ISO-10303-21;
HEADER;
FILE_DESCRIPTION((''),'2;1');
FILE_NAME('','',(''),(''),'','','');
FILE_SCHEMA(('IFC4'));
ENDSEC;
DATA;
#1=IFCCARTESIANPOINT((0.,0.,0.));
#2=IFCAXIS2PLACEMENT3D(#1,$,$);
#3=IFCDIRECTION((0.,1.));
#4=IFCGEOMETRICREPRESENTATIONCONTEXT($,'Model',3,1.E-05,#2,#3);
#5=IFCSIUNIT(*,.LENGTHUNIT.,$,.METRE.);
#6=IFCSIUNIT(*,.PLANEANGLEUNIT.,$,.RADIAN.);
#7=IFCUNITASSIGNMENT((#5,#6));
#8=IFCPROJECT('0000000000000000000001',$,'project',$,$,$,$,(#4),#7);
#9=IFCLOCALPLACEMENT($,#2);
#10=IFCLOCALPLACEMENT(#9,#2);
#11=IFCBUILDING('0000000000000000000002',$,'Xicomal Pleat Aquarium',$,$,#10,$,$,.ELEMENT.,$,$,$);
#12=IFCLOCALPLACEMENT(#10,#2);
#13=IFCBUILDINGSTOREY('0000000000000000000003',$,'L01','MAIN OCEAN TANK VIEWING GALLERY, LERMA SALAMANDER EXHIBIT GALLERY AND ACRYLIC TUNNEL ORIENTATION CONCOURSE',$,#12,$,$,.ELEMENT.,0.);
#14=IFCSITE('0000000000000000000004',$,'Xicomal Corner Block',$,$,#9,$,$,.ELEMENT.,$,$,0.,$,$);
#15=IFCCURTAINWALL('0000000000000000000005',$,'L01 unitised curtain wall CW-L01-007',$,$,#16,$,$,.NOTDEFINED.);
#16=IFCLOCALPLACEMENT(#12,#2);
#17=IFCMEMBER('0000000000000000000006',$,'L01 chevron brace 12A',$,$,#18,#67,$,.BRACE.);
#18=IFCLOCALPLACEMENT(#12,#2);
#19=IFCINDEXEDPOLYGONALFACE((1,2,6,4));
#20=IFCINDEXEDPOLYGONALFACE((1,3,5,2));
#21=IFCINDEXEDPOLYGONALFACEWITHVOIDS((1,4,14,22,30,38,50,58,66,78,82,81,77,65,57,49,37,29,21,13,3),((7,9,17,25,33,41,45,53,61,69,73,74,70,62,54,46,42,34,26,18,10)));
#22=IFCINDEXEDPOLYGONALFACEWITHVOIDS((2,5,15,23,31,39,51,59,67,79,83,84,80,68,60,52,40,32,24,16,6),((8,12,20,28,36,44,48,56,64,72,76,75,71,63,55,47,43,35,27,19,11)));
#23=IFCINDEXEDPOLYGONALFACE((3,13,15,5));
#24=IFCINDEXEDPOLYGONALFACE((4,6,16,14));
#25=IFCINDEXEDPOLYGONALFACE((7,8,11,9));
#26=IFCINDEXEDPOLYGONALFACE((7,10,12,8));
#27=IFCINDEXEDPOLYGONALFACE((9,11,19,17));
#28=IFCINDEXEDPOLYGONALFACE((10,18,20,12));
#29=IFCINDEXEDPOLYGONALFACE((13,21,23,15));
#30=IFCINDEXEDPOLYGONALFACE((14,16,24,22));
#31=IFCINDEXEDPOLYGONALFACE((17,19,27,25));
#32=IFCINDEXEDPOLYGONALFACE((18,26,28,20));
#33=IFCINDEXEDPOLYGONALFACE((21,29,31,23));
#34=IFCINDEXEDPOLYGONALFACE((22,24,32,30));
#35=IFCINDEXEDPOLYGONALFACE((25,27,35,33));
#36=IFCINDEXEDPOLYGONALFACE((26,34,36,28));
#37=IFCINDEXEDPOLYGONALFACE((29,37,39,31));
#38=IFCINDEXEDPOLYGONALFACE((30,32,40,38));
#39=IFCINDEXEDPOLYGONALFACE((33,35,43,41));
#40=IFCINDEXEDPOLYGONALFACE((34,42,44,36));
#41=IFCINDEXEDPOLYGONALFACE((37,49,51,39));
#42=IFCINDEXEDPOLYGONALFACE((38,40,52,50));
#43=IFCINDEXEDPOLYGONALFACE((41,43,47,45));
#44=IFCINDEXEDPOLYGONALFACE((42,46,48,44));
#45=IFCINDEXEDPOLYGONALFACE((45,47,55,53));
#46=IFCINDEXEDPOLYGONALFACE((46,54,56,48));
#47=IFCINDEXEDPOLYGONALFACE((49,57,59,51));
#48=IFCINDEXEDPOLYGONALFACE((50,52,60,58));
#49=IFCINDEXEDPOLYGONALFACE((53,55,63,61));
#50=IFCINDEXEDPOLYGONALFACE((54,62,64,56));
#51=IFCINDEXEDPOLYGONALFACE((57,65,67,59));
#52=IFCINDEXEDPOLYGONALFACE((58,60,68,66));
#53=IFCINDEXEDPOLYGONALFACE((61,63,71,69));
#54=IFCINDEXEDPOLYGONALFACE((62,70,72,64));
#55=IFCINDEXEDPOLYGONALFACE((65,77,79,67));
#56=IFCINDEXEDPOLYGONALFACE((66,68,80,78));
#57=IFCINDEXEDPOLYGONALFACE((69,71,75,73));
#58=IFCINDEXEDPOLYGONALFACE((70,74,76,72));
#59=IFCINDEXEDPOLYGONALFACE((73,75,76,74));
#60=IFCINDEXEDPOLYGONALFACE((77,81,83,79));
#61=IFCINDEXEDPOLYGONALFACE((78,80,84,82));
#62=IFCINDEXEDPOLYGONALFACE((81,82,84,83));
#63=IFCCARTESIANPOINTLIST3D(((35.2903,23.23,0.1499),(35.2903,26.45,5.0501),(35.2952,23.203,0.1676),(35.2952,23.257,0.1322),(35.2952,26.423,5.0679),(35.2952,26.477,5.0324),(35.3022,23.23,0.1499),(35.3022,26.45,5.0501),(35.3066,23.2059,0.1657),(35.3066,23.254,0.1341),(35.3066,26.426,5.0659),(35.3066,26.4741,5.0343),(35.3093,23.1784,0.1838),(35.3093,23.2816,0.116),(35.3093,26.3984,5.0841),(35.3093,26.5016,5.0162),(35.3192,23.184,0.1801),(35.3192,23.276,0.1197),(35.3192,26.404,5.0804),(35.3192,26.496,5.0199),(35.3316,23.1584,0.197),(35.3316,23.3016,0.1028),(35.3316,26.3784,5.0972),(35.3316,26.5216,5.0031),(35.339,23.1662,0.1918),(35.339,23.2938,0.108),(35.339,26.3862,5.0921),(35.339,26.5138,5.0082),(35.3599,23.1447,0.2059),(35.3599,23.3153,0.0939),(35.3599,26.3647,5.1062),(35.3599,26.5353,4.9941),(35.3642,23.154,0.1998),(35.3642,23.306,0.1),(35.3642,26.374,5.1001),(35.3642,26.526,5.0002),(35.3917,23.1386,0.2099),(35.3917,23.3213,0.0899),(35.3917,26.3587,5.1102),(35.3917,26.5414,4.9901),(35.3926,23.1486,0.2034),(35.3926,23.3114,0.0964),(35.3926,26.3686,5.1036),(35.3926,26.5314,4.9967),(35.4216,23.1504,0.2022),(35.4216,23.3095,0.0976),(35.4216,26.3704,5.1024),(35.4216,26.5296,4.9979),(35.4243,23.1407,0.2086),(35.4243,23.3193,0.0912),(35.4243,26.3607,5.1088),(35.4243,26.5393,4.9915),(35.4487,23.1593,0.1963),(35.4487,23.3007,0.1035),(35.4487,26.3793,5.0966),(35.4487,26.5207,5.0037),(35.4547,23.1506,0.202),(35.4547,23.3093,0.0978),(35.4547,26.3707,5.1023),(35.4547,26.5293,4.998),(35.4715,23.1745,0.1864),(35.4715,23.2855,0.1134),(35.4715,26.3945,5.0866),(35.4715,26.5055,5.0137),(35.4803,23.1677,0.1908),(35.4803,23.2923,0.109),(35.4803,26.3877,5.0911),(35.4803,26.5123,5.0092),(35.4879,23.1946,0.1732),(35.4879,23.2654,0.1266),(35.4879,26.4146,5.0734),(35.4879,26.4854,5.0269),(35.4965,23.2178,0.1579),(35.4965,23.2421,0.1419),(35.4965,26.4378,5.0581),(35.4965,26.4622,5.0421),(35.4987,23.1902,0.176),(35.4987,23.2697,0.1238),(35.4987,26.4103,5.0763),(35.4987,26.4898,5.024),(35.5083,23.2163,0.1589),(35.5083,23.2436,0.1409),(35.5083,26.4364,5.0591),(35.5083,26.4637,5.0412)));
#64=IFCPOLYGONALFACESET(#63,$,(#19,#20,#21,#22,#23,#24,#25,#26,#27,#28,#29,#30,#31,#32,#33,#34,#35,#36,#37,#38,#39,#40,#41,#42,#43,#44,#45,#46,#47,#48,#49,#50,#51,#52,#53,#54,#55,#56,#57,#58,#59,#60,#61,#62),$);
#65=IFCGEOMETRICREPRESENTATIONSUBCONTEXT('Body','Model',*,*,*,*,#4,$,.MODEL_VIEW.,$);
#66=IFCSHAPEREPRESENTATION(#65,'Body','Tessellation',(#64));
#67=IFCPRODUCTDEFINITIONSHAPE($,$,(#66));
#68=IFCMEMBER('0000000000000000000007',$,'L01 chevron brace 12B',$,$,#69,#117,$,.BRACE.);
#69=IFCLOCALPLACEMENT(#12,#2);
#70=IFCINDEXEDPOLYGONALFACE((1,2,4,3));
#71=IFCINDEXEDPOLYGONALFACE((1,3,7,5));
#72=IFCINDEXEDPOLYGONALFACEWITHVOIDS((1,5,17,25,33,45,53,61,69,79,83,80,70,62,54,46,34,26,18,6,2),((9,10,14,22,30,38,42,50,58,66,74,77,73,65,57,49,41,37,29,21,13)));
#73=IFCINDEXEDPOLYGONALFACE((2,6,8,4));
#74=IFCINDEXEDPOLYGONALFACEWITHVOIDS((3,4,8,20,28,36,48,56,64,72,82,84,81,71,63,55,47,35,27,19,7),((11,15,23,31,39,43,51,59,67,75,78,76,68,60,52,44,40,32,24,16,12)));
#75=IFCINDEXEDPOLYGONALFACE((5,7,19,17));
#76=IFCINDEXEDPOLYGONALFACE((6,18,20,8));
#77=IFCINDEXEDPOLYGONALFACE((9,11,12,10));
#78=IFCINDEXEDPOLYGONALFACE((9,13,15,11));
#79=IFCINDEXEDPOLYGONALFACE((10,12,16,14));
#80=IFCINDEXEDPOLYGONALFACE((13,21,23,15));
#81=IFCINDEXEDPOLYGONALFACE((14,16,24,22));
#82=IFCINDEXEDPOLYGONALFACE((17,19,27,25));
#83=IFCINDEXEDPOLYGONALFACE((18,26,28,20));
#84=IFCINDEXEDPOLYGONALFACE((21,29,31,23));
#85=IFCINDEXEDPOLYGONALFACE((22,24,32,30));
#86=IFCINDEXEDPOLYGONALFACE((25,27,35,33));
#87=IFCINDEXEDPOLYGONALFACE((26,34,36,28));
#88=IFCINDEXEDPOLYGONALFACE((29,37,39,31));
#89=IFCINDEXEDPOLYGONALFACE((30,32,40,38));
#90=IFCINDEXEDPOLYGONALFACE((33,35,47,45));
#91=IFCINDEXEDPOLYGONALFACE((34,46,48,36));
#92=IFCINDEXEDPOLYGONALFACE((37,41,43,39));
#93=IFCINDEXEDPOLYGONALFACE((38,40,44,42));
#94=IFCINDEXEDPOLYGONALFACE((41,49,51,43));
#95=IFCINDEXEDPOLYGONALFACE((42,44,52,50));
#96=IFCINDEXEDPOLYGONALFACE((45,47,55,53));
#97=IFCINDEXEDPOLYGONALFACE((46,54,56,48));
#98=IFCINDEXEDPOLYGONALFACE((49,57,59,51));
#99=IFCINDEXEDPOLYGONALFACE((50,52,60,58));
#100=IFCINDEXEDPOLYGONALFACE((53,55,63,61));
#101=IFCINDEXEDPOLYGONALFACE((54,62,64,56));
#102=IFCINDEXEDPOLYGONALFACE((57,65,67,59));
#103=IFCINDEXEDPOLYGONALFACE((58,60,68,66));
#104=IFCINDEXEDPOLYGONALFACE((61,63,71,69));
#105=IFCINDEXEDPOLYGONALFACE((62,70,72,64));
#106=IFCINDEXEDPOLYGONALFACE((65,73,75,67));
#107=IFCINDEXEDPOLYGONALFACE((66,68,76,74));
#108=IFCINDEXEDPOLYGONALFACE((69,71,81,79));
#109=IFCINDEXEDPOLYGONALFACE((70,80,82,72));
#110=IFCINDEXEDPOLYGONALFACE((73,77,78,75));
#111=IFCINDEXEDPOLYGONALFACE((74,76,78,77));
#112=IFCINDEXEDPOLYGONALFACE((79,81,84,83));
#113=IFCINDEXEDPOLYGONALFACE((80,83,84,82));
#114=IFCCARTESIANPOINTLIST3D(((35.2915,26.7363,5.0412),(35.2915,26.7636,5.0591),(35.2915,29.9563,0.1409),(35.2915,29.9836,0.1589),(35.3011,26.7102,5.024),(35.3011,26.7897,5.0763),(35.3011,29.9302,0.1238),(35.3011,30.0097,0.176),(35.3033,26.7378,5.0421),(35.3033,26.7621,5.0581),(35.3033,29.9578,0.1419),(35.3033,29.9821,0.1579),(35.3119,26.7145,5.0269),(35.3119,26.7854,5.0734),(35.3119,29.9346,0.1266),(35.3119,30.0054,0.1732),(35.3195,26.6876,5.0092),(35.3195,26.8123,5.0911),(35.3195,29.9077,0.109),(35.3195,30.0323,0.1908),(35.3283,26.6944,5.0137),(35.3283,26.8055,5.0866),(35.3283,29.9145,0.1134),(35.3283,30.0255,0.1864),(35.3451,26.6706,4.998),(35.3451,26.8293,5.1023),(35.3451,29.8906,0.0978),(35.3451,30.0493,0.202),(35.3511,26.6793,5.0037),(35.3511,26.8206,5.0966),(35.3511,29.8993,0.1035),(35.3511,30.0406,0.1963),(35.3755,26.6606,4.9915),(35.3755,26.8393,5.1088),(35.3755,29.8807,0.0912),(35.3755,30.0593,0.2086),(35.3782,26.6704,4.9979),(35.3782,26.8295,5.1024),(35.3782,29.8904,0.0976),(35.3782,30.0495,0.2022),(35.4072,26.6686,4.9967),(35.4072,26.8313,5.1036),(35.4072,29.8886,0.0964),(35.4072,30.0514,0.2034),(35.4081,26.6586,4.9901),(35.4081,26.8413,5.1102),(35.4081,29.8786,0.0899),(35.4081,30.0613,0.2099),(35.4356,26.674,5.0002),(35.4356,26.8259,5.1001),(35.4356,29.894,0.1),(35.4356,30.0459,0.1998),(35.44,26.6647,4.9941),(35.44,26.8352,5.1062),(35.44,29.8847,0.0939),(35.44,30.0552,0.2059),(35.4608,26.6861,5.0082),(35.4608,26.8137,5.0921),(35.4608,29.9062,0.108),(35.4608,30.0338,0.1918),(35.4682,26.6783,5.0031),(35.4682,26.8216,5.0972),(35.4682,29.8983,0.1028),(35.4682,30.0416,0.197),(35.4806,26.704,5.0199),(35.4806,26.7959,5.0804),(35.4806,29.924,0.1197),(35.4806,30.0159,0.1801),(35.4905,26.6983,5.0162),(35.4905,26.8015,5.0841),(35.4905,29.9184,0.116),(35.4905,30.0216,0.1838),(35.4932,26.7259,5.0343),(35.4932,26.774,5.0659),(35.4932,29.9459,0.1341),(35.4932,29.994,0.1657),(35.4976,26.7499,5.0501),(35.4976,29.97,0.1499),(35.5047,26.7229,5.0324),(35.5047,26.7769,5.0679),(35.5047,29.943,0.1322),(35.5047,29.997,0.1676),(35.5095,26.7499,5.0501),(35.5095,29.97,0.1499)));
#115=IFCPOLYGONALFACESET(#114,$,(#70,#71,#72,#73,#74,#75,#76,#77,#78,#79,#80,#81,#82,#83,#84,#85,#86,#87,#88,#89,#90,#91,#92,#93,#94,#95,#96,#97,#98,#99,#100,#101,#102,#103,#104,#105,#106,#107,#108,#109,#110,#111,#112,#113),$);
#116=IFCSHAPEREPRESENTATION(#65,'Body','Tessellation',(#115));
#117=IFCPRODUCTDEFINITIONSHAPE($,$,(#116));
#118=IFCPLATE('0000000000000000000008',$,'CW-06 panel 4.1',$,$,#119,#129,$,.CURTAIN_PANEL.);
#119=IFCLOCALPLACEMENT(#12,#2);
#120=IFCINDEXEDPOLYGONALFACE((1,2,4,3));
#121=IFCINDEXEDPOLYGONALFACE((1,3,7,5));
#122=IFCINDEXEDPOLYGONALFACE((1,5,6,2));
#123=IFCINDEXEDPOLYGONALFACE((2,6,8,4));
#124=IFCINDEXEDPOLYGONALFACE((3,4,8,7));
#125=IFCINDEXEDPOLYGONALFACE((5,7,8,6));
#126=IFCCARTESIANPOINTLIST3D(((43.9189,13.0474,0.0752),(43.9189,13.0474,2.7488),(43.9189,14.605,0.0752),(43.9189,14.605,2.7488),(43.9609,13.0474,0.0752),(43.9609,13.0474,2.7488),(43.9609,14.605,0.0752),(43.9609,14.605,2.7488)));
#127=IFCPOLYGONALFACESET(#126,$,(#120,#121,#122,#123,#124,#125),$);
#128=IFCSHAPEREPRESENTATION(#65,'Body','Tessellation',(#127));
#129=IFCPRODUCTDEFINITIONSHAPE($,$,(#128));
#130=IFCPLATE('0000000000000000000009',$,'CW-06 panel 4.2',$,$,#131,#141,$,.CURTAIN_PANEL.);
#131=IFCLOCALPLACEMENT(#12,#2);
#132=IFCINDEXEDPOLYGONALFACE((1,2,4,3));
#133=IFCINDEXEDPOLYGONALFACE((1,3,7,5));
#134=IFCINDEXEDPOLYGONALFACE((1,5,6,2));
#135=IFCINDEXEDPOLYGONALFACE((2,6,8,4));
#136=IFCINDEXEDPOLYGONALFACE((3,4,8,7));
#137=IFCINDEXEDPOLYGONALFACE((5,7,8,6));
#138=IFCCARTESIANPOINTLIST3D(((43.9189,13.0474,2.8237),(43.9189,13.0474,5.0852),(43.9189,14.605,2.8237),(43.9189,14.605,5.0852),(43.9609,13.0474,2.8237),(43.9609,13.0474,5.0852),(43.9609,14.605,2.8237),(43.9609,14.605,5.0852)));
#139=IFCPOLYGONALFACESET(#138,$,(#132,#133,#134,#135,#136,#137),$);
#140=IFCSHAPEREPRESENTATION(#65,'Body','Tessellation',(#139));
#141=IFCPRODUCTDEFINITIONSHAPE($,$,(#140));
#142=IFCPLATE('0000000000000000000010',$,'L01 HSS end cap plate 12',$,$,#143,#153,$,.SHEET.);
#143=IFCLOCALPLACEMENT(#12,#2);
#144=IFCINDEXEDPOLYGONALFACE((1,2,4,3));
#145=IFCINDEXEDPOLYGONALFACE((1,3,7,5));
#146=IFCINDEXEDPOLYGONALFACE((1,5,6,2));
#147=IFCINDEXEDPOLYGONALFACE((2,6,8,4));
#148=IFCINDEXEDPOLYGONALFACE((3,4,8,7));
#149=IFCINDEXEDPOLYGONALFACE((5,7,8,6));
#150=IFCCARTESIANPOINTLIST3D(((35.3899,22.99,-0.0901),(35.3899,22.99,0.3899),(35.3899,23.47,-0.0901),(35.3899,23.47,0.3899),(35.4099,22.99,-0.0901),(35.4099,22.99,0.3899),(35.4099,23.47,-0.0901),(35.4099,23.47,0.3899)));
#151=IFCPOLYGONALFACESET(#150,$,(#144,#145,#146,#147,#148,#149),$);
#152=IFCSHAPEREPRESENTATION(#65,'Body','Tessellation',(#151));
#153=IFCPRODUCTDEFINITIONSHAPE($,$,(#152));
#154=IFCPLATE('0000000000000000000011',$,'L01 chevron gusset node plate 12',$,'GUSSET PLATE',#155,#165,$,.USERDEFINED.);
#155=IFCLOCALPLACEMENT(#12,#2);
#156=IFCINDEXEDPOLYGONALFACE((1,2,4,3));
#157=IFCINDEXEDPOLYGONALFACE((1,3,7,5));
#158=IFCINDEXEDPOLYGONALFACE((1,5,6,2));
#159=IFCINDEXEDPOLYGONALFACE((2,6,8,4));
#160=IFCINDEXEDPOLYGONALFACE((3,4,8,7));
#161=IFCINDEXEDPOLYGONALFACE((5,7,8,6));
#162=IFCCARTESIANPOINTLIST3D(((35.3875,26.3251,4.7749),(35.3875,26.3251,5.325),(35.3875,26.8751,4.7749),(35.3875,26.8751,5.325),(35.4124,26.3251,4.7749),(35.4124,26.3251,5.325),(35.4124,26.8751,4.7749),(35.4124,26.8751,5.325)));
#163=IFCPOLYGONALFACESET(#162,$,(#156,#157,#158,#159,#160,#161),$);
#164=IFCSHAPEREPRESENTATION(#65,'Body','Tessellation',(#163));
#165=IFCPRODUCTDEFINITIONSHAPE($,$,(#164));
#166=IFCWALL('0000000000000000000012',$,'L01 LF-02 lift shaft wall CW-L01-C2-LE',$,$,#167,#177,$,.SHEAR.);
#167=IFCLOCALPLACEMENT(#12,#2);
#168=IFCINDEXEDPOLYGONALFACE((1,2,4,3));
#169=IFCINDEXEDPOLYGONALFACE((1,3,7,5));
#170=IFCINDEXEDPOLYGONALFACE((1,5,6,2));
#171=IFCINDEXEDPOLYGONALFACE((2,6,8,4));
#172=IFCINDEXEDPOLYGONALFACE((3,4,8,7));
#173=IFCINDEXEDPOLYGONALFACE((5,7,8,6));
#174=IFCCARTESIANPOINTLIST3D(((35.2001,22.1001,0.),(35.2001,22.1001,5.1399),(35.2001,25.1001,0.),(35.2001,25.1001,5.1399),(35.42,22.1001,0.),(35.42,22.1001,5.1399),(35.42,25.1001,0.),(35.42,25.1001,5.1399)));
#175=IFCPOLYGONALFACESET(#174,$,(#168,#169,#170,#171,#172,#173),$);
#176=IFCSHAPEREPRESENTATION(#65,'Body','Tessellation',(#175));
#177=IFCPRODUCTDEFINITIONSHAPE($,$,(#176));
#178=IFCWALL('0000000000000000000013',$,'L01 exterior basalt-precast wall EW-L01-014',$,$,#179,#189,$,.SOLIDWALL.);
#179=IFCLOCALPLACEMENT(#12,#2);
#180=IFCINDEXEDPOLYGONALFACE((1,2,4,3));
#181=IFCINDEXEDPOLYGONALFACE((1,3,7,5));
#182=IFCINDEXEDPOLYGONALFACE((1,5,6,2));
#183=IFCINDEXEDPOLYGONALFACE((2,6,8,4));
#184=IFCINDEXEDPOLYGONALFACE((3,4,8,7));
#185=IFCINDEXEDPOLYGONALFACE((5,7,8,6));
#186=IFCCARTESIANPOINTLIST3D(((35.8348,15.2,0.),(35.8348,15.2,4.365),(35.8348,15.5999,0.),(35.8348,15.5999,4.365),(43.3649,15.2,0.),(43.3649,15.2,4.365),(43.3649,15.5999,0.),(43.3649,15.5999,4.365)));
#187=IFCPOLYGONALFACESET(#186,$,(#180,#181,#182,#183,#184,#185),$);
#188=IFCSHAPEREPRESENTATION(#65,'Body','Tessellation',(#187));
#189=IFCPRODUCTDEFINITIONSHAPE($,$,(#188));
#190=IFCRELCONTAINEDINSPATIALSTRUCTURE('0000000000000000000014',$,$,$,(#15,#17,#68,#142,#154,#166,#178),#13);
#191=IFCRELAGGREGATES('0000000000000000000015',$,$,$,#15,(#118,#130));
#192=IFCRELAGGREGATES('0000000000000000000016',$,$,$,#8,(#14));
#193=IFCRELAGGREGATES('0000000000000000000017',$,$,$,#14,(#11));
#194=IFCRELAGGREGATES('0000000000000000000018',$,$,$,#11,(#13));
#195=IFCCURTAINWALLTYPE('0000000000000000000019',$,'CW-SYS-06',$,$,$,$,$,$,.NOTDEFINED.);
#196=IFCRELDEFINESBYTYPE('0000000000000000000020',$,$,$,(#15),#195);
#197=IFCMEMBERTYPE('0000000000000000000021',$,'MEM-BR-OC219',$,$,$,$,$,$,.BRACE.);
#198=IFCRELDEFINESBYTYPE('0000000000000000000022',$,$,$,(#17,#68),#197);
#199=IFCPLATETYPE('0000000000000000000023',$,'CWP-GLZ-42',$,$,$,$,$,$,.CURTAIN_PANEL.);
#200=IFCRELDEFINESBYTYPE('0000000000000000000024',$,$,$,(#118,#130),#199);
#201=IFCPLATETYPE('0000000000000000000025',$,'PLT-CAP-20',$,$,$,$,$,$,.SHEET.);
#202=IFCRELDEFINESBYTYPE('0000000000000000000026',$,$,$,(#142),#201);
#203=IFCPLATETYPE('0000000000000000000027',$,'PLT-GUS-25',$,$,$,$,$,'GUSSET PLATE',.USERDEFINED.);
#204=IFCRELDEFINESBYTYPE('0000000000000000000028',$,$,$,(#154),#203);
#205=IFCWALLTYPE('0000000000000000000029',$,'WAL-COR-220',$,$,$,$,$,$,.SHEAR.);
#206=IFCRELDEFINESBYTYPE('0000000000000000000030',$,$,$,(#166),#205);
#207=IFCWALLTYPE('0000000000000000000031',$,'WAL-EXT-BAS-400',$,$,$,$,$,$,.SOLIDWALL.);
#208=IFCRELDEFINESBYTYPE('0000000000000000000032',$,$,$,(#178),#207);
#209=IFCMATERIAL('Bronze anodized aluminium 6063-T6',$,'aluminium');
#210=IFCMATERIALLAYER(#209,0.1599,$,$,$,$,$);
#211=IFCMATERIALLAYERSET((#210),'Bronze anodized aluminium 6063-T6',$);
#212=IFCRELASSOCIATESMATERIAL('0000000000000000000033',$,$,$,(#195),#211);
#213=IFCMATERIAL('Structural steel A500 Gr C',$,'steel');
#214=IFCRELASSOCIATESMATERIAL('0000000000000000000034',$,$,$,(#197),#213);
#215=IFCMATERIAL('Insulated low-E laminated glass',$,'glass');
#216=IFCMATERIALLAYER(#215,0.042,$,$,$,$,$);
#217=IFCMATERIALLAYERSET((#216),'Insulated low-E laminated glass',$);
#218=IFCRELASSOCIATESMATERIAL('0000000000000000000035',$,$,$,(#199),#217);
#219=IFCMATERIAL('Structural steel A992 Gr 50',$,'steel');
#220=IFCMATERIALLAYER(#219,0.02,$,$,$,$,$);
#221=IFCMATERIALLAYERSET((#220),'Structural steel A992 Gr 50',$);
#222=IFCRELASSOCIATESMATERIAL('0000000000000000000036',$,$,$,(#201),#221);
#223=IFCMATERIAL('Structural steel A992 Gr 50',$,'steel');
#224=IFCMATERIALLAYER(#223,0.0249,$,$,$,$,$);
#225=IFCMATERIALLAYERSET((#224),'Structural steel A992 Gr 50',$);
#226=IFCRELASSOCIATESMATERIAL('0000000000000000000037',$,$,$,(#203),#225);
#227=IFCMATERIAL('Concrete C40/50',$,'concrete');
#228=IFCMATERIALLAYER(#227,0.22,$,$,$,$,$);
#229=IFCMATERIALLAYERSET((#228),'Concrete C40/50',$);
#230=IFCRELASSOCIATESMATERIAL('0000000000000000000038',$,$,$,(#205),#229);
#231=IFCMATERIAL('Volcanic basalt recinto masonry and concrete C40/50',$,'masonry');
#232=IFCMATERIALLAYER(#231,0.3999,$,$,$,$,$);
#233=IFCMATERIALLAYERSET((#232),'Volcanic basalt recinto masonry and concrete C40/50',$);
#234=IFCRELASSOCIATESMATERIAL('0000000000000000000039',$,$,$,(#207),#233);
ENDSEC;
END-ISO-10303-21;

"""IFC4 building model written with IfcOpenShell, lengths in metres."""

from ifc_helpers import new_model, si_unit, direction, frame, frame_2d, origin, origin_2d, place, context, subcontext, project, spatial, rectangle, hollow_circle, extrude, material, layer, layer_set, material_profile, profile_set, type_object, element, aggregate, save


model = new_model("IFC4")

# Units and contexts
model_context = context("Model", 3, precision=1e-05, world=origin(), true_north=direction((0.0, 1.0)))
body_context = subcontext(model_context, "Body", "Model", "MODEL_VIEW")
ifc_project = project(units=[si_unit("LENGTHUNIT", "METRE"), si_unit("PLANEANGLEUNIT", "RADIAN")], contexts=[model_context])

# Site, building, storey
site_placement = place(None, origin())
site = spatial("IfcSite", under=ifc_project, at=site_placement, Name="Xicomal Corner Block", CompositionType="ELEMENT", RefElevation=0.0)
building_placement = place(site_placement, origin())
building = spatial("IfcBuilding", under=site, at=building_placement, Name="Xicomal Pleat Aquarium", CompositionType="ELEMENT")
storey_placement = place(building_placement, origin())
storey = spatial("IfcBuildingStorey", under=building, at=storey_placement, Name="L01", Description="MAIN OCEAN TANK VIEWING GALLERY, LERMA SALAMANDER EXHIBIT GALLERY AND ACRYLIC TUNNEL ORIENTATION CONCOURSE", CompositionType="ELEMENT", Elevation=0.0)

# Curtain wall
ifc_material_1 = material(Name="Bronze anodized aluminium 6063-T6", Category="aluminium")
ifc_layer_1 = layer(ifc_material_1, 0.1599)
ifc_layer_set_1 = layer_set([ifc_layer_1], Name="Bronze anodized aluminium 6063-T6")
curtain_wall_type = type_object("IfcCurtainWallType", Name="CW-SYS-06", PredefinedType="NOTDEFINED", material=ifc_layer_set_1)
curtain_wall_placement = place(storey_placement, origin())
curtain_wall = element("IfcCurtainWall", 1, at=curtain_wall_placement, inside=storey, type_object=curtain_wall_type, Name="L01 unitised curtain wall CW-L01-007", PredefinedType="NOTDEFINED")

# Members
ifc_material_2 = material(Name="Structural steel A500 Gr C", Category="steel")
ifc_material_profile_1 = material_profile(ifc_material_2, hollow_circle(Radius=0.1096, WallThickness=0.012, at=origin_2d()), Name="OC 219x12")
ifc_profile_set_1 = profile_set([ifc_material_profile_1], Name="Structural steel A500 Gr C")
member_type_1 = type_object("IfcMemberType", Name="MEM-BR-OC219", PredefinedType="BRACE", material=ifc_profile_set_1)
for number, where, z_axis, x_axis, name in (
    (2, (35.3999, 23.23, 0.1499), (0.0, 0.549163, 0.835715), (-1.0, 0.0, 0.0), "L01 chevron brace 12A"),
    (3, (35.3999, 29.97, 0.1499), (0.0, -0.549163, 0.835715), (1.0, 0.0, 0.0), "L01 chevron brace 12B"),
):
    element("IfcMember", number, at=place(storey_placement, frame(where, z_axis=z_axis, x_axis=x_axis)), inside=storey, type_object=member_type_1, Name=name, PredefinedType="BRACE", context=body_context, shape_type="SweptSolid", body=[
        extrude(hollow_circle(Radius=0.1096, WallThickness=0.012, at=origin_2d()), origin(), (0.0, 0.0, 1.0), 5.8635),
    ])

# Plates
ifc_material_3 = material(Name="Insulated low-E laminated glass", Category="glass")
ifc_layer_2 = layer(ifc_material_3, 0.042)
ifc_layer_set_2 = layer_set([ifc_layer_2], Name="Insulated low-E laminated glass")
plate_type_1 = type_object("IfcPlateType", Name="CWP-GLZ-42", PredefinedType="CURTAIN_PANEL", material=ifc_layer_set_2)
plate_1_placement = place(storey_placement, frame((43.9399, 13.8262, 0.0752), z_axis=(0.0, 0.0, 1.0), x_axis=(0.0, 1.0, 0.0)))
plate_1 = element("IfcPlate", 4, at=plate_1_placement, type_object=plate_type_1, Name="CW-06 panel 4.1", PredefinedType="CURTAIN_PANEL", context=body_context, shape_type="SweptSolid", body=[
    extrude(rectangle(XDim=1.5576, YDim=0.042, at=origin_2d()), origin(), (0.0, 0.0, 1.0), 2.6736),
])
plate_2_placement = place(storey_placement, frame((43.9399, 13.8262, 2.8237), z_axis=(0.0, 0.0, 1.0), x_axis=(0.0, 1.0, 0.0)))
plate_2 = element("IfcPlate", 5, at=plate_2_placement, type_object=plate_type_1, Name="CW-06 panel 4.2", PredefinedType="CURTAIN_PANEL", context=body_context, shape_type="SweptSolid", body=[
    extrude(rectangle(XDim=1.5576, YDim=0.042, at=origin_2d()), origin(), (0.0, 0.0, 1.0), 2.2615),
])
aggregate(curtain_wall, [plate_1, plate_2])

# Plates
ifc_material_4 = material(Name="Structural steel A992 Gr 50", Category="steel")
ifc_layer_3 = layer(ifc_material_4, 0.02)
ifc_layer_set_3 = layer_set([ifc_layer_3], Name="Structural steel A992 Gr 50")
plate_type_2 = type_object("IfcPlateType", Name="PLT-CAP-20", PredefinedType="SHEET", material=ifc_layer_set_3)
plate_3_placement = place(storey_placement, frame((35.3999, 23.23, -0.0901), z_axis=(0.0, 0.0, 1.0), x_axis=(0.0, 1.0, 0.0)))
element("IfcPlate", 6, at=plate_3_placement, inside=storey, type_object=plate_type_2, Name="L01 HSS end cap plate 12", PredefinedType="SHEET", context=body_context, shape_type="SweptSolid", body=[
    extrude(rectangle(XDim=0.48, YDim=0.02, at=origin_2d()), origin(), (0.0, 0.0, 1.0), 0.48),
])
ifc_material_5 = material(Name="Structural steel A992 Gr 50", Category="steel")
ifc_layer_4 = layer(ifc_material_5, 0.0249)
ifc_layer_set_4 = layer_set([ifc_layer_4], Name="Structural steel A992 Gr 50")
plate_type_3 = type_object("IfcPlateType", Name="PLT-GUS-25", ElementType="GUSSET PLATE", PredefinedType="USERDEFINED", material=ifc_layer_set_4)
plate_4_placement = place(storey_placement, frame((35.3999, 26.6001, 4.7749), z_axis=(0.0, 0.0, 1.0), x_axis=(0.0, 1.0, 0.0)))
element("IfcPlate", 7, at=plate_4_placement, inside=storey, type_object=plate_type_3, Name="L01 chevron gusset node plate 12", ObjectType="GUSSET PLATE", PredefinedType="USERDEFINED", context=body_context, shape_type="SweptSolid", body=[
    extrude(rectangle(XDim=0.55, YDim=0.0249, at=origin_2d()), origin(), (0.0, 0.0, 1.0), 0.55),
])

# Walls
ifc_material_6 = material(Name="Concrete C40/50", Category="concrete")
ifc_layer_5 = layer(ifc_material_6, 0.22)
ifc_layer_set_5 = layer_set([ifc_layer_5], Name="Concrete C40/50")
wall_type_1 = type_object("IfcWallType", Name="WAL-COR-220", PredefinedType="SHEAR", material=ifc_layer_set_5)
wall_1_placement = place(storey_placement, frame((35.3101, 22.1001, 0.0), z_axis=(0.0, 0.0, 1.0), x_axis=(0.0, 1.0, 0.0)))
element("IfcWall", 8, at=wall_1_placement, inside=storey, type_object=wall_type_1, Name="L01 LF-02 lift shaft wall CW-L01-C2-LE", PredefinedType="SHEAR", context=body_context, shape_type="SweptSolid", body=[
    extrude(rectangle(XDim=3.0, YDim=0.22, at=frame_2d((1.5, 0.0))), origin(), (0.0, 0.0, 1.0), 5.1399),
])
ifc_material_7 = material(Name="Volcanic basalt recinto masonry and concrete C40/50", Category="masonry")
ifc_layer_6 = layer(ifc_material_7, 0.3999)
ifc_layer_set_6 = layer_set([ifc_layer_6], Name="Volcanic basalt recinto masonry and concrete C40/50")
wall_type_2 = type_object("IfcWallType", Name="WAL-EXT-BAS-400", PredefinedType="SOLIDWALL", material=ifc_layer_set_6)
wall_2_placement = place(storey_placement, frame((43.365, 15.3999, 0.0), z_axis=(0.0, 0.0, 1.0), x_axis=(-1.0, 0.0, 0.0)))
element("IfcWall", 9, at=wall_2_placement, inside=storey, type_object=wall_type_2, Name="L01 exterior basalt-precast wall EW-L01-014", PredefinedType="SOLIDWALL", context=body_context, shape_type="SweptSolid", body=[
    extrude(rectangle(XDim=7.53, YDim=0.3999, at=frame_2d((3.7651, 0.0))), origin(), (0.0, 0.0, 1.0), 4.365),
])

save(model, "model.ifc")
